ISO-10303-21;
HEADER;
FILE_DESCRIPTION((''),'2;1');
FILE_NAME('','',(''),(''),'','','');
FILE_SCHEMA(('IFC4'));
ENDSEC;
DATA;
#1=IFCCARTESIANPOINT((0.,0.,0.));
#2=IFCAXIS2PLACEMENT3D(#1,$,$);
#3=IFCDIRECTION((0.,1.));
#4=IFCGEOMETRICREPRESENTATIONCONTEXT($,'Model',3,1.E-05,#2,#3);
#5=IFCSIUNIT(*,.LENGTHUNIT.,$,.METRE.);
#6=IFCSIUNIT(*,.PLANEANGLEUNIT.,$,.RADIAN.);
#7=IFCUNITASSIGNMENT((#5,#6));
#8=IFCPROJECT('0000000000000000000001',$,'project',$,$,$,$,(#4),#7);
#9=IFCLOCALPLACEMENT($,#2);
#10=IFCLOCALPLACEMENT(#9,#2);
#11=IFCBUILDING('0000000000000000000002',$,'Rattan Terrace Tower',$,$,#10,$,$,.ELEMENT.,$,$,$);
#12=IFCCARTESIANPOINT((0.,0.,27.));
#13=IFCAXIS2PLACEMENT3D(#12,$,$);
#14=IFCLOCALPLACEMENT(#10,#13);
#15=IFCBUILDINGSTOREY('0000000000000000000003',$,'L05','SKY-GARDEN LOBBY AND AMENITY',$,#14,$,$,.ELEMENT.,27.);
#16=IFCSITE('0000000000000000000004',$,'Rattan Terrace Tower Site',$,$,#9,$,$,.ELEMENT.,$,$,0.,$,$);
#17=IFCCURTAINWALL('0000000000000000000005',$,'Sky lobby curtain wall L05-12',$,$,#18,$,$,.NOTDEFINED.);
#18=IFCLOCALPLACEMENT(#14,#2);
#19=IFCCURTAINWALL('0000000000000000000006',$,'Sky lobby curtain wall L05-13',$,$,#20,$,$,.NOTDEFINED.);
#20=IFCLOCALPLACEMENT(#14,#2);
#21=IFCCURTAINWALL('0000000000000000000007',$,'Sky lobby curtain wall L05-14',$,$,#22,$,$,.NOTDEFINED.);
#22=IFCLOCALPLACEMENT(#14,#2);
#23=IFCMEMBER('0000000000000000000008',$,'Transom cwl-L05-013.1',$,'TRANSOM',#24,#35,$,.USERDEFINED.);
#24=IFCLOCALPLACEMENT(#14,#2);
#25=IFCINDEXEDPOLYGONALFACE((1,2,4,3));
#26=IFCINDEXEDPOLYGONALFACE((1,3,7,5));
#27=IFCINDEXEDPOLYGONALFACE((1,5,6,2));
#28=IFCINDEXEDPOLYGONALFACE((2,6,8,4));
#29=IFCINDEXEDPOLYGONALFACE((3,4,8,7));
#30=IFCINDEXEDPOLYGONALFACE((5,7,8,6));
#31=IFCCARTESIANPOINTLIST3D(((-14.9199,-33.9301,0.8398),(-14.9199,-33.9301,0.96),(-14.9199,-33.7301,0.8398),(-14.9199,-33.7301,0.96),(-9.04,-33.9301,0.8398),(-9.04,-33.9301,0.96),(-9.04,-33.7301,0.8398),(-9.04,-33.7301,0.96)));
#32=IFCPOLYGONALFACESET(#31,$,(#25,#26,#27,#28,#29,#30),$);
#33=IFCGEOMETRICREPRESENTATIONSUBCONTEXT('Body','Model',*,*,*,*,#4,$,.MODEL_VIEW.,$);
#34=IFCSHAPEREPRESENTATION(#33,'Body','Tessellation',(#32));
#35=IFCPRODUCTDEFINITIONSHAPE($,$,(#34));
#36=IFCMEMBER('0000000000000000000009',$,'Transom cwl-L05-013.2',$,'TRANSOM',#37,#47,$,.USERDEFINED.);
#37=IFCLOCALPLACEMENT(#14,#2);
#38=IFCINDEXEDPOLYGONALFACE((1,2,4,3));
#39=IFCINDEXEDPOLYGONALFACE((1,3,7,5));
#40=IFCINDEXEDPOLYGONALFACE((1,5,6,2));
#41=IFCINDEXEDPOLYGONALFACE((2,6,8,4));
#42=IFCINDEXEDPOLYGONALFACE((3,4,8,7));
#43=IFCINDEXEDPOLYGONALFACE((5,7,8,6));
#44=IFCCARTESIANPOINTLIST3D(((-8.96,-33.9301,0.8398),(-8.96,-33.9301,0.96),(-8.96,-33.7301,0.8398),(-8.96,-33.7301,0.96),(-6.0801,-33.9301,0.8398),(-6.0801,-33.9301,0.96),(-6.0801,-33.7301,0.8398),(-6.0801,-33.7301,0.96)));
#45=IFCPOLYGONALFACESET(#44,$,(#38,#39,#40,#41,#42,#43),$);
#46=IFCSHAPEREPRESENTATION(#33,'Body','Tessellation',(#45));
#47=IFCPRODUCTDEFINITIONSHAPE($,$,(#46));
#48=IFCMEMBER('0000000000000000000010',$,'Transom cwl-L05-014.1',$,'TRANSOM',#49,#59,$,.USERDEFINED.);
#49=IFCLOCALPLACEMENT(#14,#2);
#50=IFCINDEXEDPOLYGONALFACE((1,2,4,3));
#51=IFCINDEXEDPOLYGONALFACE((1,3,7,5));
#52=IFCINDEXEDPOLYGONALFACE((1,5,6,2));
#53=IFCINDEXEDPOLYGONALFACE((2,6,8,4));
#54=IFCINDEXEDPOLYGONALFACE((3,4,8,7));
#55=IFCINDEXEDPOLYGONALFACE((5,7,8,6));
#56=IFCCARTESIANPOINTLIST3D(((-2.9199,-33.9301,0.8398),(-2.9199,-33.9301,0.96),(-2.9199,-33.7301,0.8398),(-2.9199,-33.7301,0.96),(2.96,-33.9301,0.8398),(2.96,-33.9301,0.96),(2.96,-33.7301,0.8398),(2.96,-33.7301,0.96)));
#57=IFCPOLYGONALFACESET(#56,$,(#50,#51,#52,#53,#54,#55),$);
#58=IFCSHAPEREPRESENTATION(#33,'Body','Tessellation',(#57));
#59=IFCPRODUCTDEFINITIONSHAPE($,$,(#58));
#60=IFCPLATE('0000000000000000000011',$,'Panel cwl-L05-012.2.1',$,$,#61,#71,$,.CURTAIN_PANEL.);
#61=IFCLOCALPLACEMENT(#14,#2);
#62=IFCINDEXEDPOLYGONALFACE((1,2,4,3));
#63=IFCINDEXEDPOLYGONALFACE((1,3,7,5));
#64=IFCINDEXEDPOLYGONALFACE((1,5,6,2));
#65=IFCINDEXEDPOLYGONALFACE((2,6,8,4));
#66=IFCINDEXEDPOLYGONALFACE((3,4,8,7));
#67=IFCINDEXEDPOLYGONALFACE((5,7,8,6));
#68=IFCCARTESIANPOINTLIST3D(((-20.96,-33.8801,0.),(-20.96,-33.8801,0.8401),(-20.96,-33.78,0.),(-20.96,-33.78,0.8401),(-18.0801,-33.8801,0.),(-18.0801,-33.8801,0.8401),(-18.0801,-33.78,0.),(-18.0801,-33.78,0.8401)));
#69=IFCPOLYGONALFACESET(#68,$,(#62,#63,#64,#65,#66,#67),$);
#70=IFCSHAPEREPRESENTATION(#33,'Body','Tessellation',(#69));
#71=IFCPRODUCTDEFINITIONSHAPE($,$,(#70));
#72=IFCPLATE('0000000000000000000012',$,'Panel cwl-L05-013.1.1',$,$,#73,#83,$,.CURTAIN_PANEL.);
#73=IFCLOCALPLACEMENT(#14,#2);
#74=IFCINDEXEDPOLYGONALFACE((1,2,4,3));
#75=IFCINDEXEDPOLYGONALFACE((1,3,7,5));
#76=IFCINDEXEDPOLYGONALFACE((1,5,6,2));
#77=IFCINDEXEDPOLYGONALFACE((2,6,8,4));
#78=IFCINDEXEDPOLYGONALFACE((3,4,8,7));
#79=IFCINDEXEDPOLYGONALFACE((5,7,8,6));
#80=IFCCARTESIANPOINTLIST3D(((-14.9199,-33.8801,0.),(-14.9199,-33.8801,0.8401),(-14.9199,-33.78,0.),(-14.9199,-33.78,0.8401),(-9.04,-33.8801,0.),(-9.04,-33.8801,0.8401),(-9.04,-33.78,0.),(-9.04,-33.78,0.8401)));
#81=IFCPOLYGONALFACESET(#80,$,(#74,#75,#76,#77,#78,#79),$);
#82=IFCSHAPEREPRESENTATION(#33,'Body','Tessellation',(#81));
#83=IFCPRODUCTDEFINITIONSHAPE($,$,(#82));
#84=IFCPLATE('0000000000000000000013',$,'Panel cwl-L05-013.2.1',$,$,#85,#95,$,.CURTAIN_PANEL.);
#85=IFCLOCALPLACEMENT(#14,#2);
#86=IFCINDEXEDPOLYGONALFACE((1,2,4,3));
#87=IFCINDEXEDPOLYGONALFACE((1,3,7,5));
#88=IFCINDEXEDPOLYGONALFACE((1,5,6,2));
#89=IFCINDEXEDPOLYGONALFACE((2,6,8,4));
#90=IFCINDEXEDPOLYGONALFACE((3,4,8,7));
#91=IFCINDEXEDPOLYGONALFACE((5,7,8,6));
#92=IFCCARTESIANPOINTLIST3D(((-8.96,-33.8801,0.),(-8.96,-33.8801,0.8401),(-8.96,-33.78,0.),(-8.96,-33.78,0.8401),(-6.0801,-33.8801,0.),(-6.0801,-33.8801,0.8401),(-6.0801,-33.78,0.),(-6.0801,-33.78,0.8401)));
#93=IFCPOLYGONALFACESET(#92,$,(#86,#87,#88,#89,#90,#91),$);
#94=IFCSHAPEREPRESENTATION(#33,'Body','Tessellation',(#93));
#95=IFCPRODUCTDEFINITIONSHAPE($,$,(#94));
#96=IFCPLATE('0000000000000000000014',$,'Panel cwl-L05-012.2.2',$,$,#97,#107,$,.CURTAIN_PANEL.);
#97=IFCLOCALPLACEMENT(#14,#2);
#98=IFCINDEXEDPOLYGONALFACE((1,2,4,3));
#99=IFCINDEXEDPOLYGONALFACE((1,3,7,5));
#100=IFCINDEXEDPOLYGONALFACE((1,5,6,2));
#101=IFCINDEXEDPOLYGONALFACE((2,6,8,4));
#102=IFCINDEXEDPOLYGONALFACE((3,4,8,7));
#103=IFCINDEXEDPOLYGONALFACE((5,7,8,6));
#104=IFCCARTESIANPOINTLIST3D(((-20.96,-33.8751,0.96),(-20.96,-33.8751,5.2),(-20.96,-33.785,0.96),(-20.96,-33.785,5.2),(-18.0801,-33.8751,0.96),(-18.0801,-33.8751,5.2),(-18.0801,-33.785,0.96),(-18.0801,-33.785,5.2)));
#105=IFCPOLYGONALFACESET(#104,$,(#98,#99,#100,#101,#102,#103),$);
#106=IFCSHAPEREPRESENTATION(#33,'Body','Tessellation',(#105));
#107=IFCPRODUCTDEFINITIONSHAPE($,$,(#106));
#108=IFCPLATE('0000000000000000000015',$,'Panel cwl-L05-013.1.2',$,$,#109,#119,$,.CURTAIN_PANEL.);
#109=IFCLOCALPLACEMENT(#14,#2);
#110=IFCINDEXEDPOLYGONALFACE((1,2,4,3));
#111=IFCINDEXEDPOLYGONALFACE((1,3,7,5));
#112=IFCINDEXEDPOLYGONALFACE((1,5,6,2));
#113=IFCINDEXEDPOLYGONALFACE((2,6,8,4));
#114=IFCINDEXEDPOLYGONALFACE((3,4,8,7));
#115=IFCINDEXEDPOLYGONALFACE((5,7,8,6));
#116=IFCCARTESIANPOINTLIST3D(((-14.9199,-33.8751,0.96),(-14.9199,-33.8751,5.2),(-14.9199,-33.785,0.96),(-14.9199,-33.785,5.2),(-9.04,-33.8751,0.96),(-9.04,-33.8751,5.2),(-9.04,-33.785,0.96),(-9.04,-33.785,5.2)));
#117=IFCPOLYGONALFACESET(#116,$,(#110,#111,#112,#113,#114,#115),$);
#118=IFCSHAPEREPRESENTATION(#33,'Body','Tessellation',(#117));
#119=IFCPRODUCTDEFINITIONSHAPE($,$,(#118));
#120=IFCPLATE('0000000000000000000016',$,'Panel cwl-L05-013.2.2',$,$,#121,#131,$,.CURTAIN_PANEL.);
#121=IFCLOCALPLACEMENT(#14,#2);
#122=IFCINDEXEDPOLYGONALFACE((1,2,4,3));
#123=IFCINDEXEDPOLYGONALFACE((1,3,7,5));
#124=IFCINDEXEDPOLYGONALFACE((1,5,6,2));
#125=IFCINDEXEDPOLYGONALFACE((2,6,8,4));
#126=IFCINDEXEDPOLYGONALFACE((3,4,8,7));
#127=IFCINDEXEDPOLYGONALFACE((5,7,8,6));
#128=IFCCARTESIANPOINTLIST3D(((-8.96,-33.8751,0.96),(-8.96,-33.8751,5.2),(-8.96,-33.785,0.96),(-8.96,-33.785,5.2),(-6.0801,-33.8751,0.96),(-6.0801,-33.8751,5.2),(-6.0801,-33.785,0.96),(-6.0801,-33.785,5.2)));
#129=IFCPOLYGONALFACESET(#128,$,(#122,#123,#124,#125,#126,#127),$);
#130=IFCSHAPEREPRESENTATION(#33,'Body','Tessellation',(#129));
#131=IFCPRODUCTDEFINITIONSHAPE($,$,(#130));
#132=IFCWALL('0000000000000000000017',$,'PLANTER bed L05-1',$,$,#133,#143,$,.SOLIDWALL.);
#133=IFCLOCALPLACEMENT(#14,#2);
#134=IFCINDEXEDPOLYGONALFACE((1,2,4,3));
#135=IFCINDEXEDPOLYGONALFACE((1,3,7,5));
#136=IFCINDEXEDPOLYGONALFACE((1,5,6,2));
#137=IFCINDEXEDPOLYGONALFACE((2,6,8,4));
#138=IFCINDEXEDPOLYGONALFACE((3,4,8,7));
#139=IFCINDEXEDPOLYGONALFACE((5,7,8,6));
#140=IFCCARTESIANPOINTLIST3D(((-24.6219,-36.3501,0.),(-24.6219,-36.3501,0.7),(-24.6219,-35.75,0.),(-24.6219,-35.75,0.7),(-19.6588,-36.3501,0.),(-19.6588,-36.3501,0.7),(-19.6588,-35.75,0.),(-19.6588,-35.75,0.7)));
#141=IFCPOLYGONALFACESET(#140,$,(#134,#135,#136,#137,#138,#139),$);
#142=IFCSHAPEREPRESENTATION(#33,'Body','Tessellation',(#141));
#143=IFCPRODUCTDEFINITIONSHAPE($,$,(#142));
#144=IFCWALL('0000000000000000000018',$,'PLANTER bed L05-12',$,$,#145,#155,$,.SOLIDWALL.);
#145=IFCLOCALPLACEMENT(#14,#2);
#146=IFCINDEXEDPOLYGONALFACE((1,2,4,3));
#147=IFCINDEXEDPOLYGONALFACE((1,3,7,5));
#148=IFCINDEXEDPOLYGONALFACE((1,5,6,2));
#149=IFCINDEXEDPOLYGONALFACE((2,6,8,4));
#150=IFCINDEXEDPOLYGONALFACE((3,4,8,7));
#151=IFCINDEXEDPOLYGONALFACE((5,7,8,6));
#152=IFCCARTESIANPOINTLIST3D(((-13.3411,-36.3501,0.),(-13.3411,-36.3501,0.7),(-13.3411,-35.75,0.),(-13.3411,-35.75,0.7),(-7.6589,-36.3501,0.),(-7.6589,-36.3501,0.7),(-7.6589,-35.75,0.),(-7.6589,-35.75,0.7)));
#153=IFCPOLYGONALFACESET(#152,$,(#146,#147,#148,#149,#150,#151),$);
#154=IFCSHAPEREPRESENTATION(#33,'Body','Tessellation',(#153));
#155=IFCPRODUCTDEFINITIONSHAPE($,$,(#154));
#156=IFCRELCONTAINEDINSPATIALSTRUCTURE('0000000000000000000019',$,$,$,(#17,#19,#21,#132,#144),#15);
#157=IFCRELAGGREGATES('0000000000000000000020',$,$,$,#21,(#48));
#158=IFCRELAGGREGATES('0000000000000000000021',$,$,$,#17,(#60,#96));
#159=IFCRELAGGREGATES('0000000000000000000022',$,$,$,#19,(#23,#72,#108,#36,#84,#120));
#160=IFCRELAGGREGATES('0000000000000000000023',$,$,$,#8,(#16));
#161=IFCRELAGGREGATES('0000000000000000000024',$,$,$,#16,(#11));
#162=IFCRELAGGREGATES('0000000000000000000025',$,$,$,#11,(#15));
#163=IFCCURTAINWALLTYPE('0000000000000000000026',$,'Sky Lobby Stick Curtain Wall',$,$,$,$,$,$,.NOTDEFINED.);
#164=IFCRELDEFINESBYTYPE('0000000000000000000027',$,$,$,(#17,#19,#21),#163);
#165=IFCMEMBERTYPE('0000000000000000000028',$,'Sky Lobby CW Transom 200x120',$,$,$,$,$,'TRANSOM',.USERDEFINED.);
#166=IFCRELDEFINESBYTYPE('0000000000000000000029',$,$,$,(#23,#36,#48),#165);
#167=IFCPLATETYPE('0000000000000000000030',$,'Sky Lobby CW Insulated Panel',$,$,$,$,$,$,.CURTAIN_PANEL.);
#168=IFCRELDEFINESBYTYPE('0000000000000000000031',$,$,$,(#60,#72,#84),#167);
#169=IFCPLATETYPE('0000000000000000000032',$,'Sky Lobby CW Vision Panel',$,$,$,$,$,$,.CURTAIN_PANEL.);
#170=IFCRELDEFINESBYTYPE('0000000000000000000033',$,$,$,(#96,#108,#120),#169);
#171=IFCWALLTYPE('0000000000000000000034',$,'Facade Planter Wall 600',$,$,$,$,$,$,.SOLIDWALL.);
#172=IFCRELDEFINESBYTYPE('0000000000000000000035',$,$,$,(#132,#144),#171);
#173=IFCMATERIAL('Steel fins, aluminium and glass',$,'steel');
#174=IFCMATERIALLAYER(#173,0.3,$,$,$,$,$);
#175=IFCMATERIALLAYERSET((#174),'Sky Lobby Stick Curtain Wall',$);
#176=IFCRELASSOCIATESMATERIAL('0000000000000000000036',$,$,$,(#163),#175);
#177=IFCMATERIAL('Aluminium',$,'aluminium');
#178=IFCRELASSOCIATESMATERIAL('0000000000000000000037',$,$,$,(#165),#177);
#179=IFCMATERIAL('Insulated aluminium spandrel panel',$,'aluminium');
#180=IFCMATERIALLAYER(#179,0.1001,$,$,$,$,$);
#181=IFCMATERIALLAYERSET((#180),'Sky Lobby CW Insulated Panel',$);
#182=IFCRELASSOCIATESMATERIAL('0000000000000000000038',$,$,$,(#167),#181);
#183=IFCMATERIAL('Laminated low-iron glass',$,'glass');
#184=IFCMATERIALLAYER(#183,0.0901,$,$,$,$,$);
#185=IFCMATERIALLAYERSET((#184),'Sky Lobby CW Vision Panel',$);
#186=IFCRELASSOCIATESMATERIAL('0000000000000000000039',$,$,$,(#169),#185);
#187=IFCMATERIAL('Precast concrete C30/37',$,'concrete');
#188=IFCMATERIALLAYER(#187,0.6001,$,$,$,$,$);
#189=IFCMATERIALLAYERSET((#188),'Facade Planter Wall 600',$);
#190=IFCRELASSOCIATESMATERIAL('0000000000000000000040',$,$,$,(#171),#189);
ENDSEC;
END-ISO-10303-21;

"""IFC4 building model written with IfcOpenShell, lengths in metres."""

from ifc_helpers import new_model, si_unit, direction, frame, frame_2d, origin, origin_2d, place, context, subcontext, project, spatial, rectangle, extrude, material, layer, layer_set, material_profile, profile_set, type_object, element, aggregate, save


model = new_model("IFC4")

# Units and contexts
model_context = context("Model", 3, precision=1e-05, world=origin(), true_north=direction((0.0, 1.0)))
body_context = subcontext(model_context, "Body", "Model", "MODEL_VIEW")
ifc_project = project(units=[si_unit("LENGTHUNIT", "METRE"), si_unit("PLANEANGLEUNIT", "RADIAN")], contexts=[model_context])

# Site, building, storey
site_placement = place(None, origin())
site = spatial("IfcSite", under=ifc_project, at=site_placement, Name="Rattan Terrace Tower Site", CompositionType="ELEMENT", RefElevation=0.0)
building_placement = place(site_placement, origin())
building = spatial("IfcBuilding", under=site, at=building_placement, Name="Rattan Terrace Tower", CompositionType="ELEMENT")
storey_placement = place(building_placement, frame((0.0, 0.0, 27.0)))
storey = spatial("IfcBuildingStorey", under=building, at=storey_placement, Name="L05", Description="SKY-GARDEN LOBBY AND AMENITY", CompositionType="ELEMENT", Elevation=27.0)

# Curtain walls
ifc_material_1 = material(Name="Steel fins, aluminium and glass", Category="steel")
ifc_layer_1 = layer(ifc_material_1, 0.3)
ifc_layer_set_1 = layer_set([ifc_layer_1], Name="Sky Lobby Stick Curtain Wall")
curtain_wall_type = type_object("IfcCurtainWallType", Name="Sky Lobby Stick Curtain Wall", PredefinedType="NOTDEFINED", material=ifc_layer_set_1)
curtain_wall_1_placement = place(storey_placement, origin())
curtain_wall_1 = element("IfcCurtainWall", 1, at=curtain_wall_1_placement, inside=storey, type_object=curtain_wall_type, Name="Sky lobby curtain wall L05-12", PredefinedType="NOTDEFINED")
curtain_wall_2_placement = place(storey_placement, origin())
curtain_wall_2 = element("IfcCurtainWall", 2, at=curtain_wall_2_placement, inside=storey, type_object=curtain_wall_type, Name="Sky lobby curtain wall L05-13", PredefinedType="NOTDEFINED")

# Curtain wall
curtain_wall_3_placement = place(storey_placement, origin())
curtain_wall_3 = element("IfcCurtainWall", 3, at=curtain_wall_3_placement, inside=storey, type_object=curtain_wall_type, Name="Sky lobby curtain wall L05-14", PredefinedType="NOTDEFINED")

# Members
ifc_material_2 = material(Name="Aluminium", Category="aluminium")
ifc_material_profile_1 = material_profile(ifc_material_2, rectangle(XDim=0.2, YDim=0.1201, at=origin_2d()), Name="Aluminium 200x120")
ifc_profile_set_1 = profile_set([ifc_material_profile_1], Name="Aluminium")
member_type_1 = type_object("IfcMemberType", Name="Sky Lobby CW Transom 200x120", ElementType="TRANSOM", PredefinedType="USERDEFINED", material=ifc_profile_set_1)
member_1_placement = place(storey_placement, frame((-14.9199, -33.8301, 0.8999), z_axis=(1.0, 0.0, 0.0), x_axis=(0.0, 1.0, 0.0)))
member_1 = element("IfcMember", 4, at=member_1_placement, type_object=member_type_1, Name="Transom cwl-L05-013.1", ObjectType="TRANSOM", PredefinedType="USERDEFINED", context=body_context, shape_type="SweptSolid", body=[
    extrude(rectangle(XDim=0.2, YDim=0.1201, at=origin_2d()), origin(), (0.0, 0.0, 1.0), 5.8799),
])
member_2_placement = place(storey_placement, frame((-8.96, -33.8301, 0.8999), z_axis=(1.0, 0.0, 0.0), x_axis=(0.0, 1.0, 0.0)))
member_2 = element("IfcMember", 5, at=member_2_placement, type_object=member_type_1, Name="Transom cwl-L05-013.2", ObjectType="TRANSOM", PredefinedType="USERDEFINED", context=body_context, shape_type="SweptSolid", body=[
    extrude(rectangle(XDim=0.2, YDim=0.1201, at=origin_2d()), origin(), (0.0, 0.0, 1.0), 2.8799),
])
member_3_placement = place(storey_placement, frame((-2.9199, -33.8301, 0.8999), z_axis=(1.0, 0.0, 0.0), x_axis=(0.0, 1.0, 0.0)))
member_3 = element("IfcMember", 6, at=member_3_placement, type_object=member_type_1, Name="Transom cwl-L05-014.1", ObjectType="TRANSOM", PredefinedType="USERDEFINED", context=body_context, shape_type="SweptSolid", body=[
    extrude(rectangle(XDim=0.2, YDim=0.1201, at=origin_2d()), origin(), (0.0, 0.0, 1.0), 5.8799),
])
aggregate(curtain_wall_3, [member_3])

# Plates
ifc_material_3 = material(Name="Insulated aluminium spandrel panel", Category="aluminium")
ifc_layer_2 = layer(ifc_material_3, 0.1001)
ifc_layer_set_2 = layer_set([ifc_layer_2], Name="Sky Lobby CW Insulated Panel")
plate_type_1 = type_object("IfcPlateType", Name="Sky Lobby CW Insulated Panel", PredefinedType="CURTAIN_PANEL", material=ifc_layer_set_2)
plate_1_placement = place(storey_placement, frame((-19.52, -33.8301, 0.0), z_axis=(0.0, 0.0, 1.0), x_axis=(1.0, 0.0, 0.0)))
plate_1 = element("IfcPlate", 7, at=plate_1_placement, type_object=plate_type_1, Name="Panel cwl-L05-012.2.1", PredefinedType="CURTAIN_PANEL", context=body_context, shape_type="SweptSolid", body=[
    extrude(rectangle(XDim=2.8799, YDim=0.1001, at=origin_2d()), origin(), (0.0, 0.0, 1.0), 0.8401),
])
plate_2_placement = place(storey_placement, frame((-11.98, -33.8301, 0.0), z_axis=(0.0, 0.0, 1.0), x_axis=(1.0, 0.0, 0.0)))
plate_2 = element("IfcPlate", 8, at=plate_2_placement, type_object=plate_type_1, Name="Panel cwl-L05-013.1.1", PredefinedType="CURTAIN_PANEL", context=body_context, shape_type="SweptSolid", body=[
    extrude(rectangle(XDim=5.8799, YDim=0.1001, at=origin_2d()), origin(), (0.0, 0.0, 1.0), 0.8401),
])
plate_3_placement = place(storey_placement, frame((-7.52, -33.8301, 0.0), z_axis=(0.0, 0.0, 1.0), x_axis=(1.0, 0.0, 0.0)))
plate_3 = element("IfcPlate", 9, at=plate_3_placement, type_object=plate_type_1, Name="Panel cwl-L05-013.2.1", PredefinedType="CURTAIN_PANEL", context=body_context, shape_type="SweptSolid", body=[
    extrude(rectangle(XDim=2.8799, YDim=0.1001, at=origin_2d()), origin(), (0.0, 0.0, 1.0), 0.8401),
])
ifc_material_4 = material(Name="Laminated low-iron glass", Category="glass")
ifc_layer_3 = layer(ifc_material_4, 0.0901)
ifc_layer_set_3 = layer_set([ifc_layer_3], Name="Sky Lobby CW Vision Panel")
plate_type_2 = type_object("IfcPlateType", Name="Sky Lobby CW Vision Panel", PredefinedType="CURTAIN_PANEL", material=ifc_layer_set_3)
plate_4_placement = place(storey_placement, frame((-19.52, -33.8301, 0.96), z_axis=(0.0, 0.0, 1.0), x_axis=(1.0, 0.0, 0.0)))
plate_4 = element("IfcPlate", 10, at=plate_4_placement, type_object=plate_type_2, Name="Panel cwl-L05-012.2.2", PredefinedType="CURTAIN_PANEL", context=body_context, shape_type="SweptSolid", body=[
    extrude(rectangle(XDim=2.8799, YDim=0.0901, at=origin_2d()), origin(), (0.0, 0.0, 1.0), 4.24),
])
aggregate(curtain_wall_1, [plate_1, plate_4])
plate_5_placement = place(storey_placement, frame((-11.98, -33.8301, 0.96), z_axis=(0.0, 0.0, 1.0), x_axis=(1.0, 0.0, 0.0)))
plate_5 = element("IfcPlate", 11, at=plate_5_placement, type_object=plate_type_2, Name="Panel cwl-L05-013.1.2", PredefinedType="CURTAIN_PANEL", context=body_context, shape_type="SweptSolid", body=[
    extrude(rectangle(XDim=5.8799, YDim=0.0901, at=origin_2d()), origin(), (0.0, 0.0, 1.0), 4.24),
])
plate_6_placement = place(storey_placement, frame((-7.52, -33.8301, 0.96), z_axis=(0.0, 0.0, 1.0), x_axis=(1.0, 0.0, 0.0)))
plate_6 = element("IfcPlate", 12, at=plate_6_placement, type_object=plate_type_2, Name="Panel cwl-L05-013.2.2", PredefinedType="CURTAIN_PANEL", context=body_context, shape_type="SweptSolid", body=[
    extrude(rectangle(XDim=2.8799, YDim=0.0901, at=origin_2d()), origin(), (0.0, 0.0, 1.0), 4.24),
])
aggregate(curtain_wall_2, [member_1, plate_2, plate_5, member_2, plate_3, plate_6])

# Walls
ifc_material_5 = material(Name="Precast concrete C30/37", Category="concrete")
ifc_layer_4 = layer(ifc_material_5, 0.6001)
ifc_layer_set_4 = layer_set([ifc_layer_4], Name="Facade Planter Wall 600")
wall_type_1 = type_object("IfcWallType", Name="Facade Planter Wall 600", PredefinedType="SOLIDWALL", material=ifc_layer_set_4)
wall_1_placement = place(storey_placement, frame((-19.6589, -36.05, 0.0), z_axis=(0.0, 0.0, 1.0), x_axis=(-1.0, 0.0, 0.0)))
element("IfcWall", 13, at=wall_1_placement, inside=storey, type_object=wall_type_1, Name="PLANTER bed L05-1", PredefinedType="SOLIDWALL", context=body_context, shape_type="SweptSolid", body=[
    extrude(rectangle(XDim=4.9631, YDim=0.6001, at=frame_2d((2.4814, 0.0))), origin(), (0.0, 0.0, 1.0), 0.7),
])
wall_2_placement = place(storey_placement, frame((-7.6589, -36.05, 0.0), z_axis=(0.0, 0.0, 1.0), x_axis=(-1.0, 0.0, 0.0)))
element("IfcWall", 14, at=wall_2_placement, inside=storey, type_object=wall_type_1, Name="PLANTER bed L05-12", PredefinedType="SOLIDWALL", context=body_context, shape_type="SweptSolid", body=[
    extrude(rectangle(XDim=5.6821, YDim=0.6001, at=frame_2d((2.8411, 0.0))), origin(), (0.0, 0.0, 1.0), 0.7),
])

save(model, "model.ifc")
